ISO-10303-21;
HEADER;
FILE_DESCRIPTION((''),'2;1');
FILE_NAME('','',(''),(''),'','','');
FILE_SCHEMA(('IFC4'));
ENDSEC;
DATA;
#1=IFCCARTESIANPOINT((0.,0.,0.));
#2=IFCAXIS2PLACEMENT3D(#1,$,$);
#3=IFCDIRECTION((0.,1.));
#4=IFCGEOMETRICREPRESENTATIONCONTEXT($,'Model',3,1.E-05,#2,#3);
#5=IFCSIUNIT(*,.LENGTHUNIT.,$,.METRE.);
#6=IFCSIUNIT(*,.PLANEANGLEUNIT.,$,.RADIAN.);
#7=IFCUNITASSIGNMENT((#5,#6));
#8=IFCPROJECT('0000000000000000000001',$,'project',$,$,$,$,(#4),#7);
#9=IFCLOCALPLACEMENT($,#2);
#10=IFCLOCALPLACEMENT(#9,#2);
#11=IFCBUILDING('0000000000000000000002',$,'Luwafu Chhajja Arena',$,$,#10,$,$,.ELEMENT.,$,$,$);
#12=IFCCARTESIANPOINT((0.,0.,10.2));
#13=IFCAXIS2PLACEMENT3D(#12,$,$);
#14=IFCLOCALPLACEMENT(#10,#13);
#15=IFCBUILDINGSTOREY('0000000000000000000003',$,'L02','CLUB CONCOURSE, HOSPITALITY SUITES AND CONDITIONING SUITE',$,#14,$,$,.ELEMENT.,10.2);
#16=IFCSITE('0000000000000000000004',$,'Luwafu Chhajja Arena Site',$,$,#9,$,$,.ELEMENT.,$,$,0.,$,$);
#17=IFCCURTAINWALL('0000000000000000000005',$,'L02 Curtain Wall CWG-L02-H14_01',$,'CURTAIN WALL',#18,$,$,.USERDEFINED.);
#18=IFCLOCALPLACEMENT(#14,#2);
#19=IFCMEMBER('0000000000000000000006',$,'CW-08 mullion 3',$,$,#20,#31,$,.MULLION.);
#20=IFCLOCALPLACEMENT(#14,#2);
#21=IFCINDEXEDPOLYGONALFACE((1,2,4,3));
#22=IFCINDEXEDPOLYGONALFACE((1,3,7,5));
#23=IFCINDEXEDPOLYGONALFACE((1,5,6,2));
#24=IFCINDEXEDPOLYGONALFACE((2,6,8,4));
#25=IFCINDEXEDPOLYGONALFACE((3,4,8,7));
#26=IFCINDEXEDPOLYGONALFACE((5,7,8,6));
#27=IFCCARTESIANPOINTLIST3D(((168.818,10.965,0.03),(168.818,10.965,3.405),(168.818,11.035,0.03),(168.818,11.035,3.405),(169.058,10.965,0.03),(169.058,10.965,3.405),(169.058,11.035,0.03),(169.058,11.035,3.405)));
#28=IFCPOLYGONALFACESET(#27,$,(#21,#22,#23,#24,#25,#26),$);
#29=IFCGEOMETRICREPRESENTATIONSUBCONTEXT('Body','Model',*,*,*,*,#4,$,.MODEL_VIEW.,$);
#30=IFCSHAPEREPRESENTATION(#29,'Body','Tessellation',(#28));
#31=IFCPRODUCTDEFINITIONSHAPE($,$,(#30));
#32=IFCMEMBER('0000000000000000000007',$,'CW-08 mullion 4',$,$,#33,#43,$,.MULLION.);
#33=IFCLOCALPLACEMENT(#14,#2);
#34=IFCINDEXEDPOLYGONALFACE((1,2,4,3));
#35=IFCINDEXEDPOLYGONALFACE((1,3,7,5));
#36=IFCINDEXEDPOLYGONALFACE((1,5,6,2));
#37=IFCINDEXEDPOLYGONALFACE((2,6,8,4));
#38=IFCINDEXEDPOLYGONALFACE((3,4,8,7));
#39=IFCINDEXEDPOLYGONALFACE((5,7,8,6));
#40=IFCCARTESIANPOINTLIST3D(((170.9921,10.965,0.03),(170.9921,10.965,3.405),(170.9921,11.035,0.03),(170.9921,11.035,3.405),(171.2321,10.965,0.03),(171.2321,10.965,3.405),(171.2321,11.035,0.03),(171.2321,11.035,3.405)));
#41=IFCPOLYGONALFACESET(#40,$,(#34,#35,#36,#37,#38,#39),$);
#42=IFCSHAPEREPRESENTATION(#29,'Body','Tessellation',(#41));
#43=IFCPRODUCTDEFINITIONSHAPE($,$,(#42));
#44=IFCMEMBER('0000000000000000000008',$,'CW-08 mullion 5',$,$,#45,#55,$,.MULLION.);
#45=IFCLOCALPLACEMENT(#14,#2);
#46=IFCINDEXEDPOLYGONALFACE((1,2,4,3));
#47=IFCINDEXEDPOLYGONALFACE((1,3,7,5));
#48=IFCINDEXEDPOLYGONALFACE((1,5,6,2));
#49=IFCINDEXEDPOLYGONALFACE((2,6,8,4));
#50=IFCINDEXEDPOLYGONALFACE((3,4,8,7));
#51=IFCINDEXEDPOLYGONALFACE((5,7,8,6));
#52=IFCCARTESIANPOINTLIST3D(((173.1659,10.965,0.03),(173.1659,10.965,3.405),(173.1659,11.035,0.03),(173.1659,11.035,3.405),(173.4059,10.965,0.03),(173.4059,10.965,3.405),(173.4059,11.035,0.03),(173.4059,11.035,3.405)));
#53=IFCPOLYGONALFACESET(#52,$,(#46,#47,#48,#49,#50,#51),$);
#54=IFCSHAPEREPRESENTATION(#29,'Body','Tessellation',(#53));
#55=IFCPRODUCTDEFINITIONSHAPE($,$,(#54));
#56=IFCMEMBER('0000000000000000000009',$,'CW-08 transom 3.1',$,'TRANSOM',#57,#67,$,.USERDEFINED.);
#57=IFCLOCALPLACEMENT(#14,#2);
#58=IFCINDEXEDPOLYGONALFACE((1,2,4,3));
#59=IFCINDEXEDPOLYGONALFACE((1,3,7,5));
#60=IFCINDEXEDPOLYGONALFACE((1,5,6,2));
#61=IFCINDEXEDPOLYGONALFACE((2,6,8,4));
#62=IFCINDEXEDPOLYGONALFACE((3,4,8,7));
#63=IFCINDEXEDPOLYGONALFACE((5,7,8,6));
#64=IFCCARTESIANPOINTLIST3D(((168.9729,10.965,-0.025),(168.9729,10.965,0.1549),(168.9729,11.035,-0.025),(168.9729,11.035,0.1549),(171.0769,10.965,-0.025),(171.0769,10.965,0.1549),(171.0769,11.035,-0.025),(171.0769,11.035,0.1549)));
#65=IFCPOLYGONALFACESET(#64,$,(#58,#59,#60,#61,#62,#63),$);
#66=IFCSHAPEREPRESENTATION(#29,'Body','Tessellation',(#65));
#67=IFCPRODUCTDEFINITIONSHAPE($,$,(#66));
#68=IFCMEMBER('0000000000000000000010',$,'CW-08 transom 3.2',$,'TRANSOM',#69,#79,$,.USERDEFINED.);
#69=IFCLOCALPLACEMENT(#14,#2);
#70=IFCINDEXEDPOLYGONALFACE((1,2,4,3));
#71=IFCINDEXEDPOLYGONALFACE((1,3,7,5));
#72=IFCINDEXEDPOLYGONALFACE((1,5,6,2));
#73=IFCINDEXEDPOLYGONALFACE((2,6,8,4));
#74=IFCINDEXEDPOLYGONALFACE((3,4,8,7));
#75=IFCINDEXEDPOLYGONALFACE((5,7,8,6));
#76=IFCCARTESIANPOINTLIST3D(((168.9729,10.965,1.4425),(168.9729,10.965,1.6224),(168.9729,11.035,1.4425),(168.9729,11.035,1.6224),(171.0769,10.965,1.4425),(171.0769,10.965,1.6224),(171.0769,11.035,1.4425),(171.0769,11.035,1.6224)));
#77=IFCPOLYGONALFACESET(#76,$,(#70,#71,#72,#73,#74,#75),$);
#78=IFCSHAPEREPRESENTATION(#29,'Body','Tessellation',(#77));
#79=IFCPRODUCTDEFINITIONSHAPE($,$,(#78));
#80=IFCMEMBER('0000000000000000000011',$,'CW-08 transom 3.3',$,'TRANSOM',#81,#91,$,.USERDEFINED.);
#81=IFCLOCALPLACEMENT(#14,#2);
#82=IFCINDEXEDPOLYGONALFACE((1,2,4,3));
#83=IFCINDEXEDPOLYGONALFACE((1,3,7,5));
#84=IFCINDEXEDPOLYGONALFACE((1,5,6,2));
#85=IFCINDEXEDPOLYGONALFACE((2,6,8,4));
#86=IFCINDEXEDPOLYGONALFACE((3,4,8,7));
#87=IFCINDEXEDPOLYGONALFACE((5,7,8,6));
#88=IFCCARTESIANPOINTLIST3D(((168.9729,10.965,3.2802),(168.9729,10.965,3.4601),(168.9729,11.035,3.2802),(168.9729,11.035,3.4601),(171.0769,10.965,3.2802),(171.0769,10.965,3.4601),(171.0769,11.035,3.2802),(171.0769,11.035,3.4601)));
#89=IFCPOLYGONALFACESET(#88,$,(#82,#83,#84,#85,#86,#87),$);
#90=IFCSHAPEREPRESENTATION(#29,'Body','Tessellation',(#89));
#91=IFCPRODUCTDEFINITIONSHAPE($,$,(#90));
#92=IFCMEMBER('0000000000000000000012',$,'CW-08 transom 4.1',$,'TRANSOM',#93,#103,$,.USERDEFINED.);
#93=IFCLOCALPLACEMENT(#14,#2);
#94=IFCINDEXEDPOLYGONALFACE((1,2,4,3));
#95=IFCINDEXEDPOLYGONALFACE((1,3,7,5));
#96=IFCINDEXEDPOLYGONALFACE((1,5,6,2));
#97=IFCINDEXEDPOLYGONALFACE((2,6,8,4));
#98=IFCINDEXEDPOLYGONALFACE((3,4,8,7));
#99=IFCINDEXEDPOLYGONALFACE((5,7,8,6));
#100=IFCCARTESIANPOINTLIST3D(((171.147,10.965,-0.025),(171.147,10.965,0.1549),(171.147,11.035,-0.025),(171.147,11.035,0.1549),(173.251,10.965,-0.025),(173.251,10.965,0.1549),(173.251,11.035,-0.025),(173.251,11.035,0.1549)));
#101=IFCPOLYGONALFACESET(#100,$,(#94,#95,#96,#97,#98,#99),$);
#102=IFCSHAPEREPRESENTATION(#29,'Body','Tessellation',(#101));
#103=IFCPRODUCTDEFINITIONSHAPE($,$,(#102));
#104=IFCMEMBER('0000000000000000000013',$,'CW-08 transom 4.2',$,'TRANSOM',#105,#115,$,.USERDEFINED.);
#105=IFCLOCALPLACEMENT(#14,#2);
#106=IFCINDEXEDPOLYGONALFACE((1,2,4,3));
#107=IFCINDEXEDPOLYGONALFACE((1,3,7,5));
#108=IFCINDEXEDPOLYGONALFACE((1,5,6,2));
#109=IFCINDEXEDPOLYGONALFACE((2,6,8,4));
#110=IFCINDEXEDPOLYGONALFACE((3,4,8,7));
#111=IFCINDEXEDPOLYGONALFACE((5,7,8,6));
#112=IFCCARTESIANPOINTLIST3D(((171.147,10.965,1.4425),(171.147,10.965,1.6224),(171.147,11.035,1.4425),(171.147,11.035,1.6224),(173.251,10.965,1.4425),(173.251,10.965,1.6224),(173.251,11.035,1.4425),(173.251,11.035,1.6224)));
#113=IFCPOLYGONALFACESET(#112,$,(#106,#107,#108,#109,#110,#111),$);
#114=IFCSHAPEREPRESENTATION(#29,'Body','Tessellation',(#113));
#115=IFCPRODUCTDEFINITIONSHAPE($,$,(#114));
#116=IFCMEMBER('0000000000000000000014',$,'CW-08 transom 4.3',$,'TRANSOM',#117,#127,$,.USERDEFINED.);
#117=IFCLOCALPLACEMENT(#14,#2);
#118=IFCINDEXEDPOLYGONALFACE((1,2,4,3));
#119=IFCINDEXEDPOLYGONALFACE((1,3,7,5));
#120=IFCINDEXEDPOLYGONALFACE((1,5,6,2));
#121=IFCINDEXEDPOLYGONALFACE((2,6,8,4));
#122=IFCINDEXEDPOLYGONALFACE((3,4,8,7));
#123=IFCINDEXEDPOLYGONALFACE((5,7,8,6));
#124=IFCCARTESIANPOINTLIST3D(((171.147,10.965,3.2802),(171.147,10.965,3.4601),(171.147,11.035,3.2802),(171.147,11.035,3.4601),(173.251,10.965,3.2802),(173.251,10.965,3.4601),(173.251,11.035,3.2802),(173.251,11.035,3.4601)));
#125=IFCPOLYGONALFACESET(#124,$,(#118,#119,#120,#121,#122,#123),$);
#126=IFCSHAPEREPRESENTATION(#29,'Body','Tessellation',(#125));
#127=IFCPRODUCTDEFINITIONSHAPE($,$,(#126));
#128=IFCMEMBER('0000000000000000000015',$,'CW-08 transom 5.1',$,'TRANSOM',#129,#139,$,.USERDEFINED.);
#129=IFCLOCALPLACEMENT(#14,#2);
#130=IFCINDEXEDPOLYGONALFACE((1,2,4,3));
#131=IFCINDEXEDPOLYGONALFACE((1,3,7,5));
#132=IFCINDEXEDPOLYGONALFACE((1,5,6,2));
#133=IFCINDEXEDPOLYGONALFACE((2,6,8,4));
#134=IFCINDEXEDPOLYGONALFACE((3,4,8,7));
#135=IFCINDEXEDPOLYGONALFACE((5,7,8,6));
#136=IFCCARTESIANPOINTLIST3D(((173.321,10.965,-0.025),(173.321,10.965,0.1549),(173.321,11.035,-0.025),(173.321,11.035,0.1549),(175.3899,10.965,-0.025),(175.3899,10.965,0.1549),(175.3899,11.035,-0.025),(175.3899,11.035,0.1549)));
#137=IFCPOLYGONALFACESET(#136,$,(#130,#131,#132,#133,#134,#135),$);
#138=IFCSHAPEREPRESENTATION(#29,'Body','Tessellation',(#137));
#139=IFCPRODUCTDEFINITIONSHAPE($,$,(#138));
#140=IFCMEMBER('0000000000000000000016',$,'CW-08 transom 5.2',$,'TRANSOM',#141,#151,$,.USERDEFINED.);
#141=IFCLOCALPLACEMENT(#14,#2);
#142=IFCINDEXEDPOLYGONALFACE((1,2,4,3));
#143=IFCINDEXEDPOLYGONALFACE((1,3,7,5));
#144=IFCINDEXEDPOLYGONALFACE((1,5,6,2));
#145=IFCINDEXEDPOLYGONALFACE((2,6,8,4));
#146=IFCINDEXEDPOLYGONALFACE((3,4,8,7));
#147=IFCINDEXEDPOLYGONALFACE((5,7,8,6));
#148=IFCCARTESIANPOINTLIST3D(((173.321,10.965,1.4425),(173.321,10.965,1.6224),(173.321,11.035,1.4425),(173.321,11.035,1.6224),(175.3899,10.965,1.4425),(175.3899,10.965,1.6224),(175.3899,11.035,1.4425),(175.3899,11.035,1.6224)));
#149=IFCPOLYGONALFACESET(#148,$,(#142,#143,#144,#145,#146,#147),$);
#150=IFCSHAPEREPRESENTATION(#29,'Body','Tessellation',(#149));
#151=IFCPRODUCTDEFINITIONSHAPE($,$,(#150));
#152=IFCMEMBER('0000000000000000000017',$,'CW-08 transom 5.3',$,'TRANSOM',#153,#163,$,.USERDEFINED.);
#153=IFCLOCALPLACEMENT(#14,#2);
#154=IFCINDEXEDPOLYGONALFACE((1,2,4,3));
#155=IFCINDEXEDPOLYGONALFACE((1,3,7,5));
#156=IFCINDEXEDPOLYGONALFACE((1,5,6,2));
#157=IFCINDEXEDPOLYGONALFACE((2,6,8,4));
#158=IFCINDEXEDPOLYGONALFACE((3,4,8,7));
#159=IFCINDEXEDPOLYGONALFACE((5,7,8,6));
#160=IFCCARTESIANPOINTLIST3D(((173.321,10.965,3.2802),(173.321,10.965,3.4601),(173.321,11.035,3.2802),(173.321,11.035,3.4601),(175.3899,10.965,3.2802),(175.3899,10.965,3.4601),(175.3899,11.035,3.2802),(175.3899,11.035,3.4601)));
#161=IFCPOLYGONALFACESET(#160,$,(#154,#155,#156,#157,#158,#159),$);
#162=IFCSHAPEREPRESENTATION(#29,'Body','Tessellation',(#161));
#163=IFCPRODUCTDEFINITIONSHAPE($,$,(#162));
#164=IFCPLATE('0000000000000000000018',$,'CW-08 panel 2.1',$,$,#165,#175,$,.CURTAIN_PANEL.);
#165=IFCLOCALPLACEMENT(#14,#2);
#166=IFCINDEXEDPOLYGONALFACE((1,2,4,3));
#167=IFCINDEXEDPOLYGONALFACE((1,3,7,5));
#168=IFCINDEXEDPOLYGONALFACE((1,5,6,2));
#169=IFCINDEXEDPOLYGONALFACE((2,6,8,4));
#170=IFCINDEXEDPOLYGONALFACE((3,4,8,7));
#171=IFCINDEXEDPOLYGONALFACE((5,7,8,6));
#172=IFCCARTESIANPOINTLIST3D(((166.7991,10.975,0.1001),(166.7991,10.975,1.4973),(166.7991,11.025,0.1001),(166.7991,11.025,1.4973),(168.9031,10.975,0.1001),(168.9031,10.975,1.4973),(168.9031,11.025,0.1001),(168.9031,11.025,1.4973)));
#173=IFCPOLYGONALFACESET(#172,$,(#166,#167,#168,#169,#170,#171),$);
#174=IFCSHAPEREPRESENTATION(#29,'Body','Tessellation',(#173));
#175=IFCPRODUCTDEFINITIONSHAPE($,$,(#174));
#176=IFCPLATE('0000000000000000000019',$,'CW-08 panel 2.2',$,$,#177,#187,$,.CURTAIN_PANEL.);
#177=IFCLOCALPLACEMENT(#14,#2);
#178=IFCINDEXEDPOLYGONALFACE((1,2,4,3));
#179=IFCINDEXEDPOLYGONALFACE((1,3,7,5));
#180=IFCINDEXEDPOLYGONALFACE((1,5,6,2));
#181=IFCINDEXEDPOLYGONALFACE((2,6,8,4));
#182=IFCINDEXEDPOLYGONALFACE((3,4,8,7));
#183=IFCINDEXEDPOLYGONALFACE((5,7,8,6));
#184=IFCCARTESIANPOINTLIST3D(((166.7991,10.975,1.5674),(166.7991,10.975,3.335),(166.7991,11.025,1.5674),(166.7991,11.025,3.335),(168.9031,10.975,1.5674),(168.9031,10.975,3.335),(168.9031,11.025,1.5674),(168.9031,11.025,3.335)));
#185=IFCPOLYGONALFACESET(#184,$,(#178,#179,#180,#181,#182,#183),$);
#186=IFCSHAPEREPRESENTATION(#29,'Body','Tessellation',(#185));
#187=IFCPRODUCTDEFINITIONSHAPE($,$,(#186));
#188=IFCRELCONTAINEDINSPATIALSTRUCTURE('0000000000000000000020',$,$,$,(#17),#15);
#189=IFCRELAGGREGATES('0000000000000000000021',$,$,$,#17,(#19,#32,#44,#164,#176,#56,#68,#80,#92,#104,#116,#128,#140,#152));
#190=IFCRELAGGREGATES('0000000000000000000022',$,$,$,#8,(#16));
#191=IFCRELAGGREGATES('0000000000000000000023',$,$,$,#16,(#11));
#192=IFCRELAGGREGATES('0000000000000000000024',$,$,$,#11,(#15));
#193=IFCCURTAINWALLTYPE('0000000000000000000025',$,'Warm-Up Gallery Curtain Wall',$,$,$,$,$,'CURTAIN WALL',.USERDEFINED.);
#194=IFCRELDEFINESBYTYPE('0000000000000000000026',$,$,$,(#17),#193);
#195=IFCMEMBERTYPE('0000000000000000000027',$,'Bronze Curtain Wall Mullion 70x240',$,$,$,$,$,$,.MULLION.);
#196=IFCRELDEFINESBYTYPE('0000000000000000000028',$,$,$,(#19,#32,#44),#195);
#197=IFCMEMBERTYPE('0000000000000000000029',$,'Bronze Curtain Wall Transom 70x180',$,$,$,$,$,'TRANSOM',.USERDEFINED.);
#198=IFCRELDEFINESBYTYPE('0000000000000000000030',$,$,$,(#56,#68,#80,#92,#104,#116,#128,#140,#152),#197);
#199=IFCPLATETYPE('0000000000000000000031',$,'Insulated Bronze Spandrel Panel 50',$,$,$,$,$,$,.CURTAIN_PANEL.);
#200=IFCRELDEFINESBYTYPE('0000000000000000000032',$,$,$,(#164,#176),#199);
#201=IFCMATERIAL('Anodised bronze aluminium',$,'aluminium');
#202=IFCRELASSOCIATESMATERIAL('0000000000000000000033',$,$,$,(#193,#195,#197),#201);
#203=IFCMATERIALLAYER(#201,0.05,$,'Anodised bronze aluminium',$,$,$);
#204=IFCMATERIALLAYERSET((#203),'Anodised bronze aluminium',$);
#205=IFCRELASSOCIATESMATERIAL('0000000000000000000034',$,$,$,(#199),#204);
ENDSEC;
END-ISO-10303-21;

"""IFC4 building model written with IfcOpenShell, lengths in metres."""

from ifc_helpers import new_model, si_unit, direction, frame, origin, origin_2d, place, context, subcontext, project, spatial, rectangle, extrude, material, layer, layer_set, material_profile, profile_set, type_object, element, aggregate, save


model = new_model("IFC4")

# Units and contexts
model_context = context("Model", 3, precision=1e-05, world=origin(), true_north=direction((0.0, 1.0)))
body_context = subcontext(model_context, "Body", "Model", "MODEL_VIEW")
ifc_project = project(units=[si_unit("LENGTHUNIT", "METRE"), si_unit("PLANEANGLEUNIT", "RADIAN")], contexts=[model_context])

# Site, building, storey
site_placement = place(None, origin())
site = spatial("IfcSite", under=ifc_project, at=site_placement, Name="Luwafu Chhajja Arena Site", CompositionType="ELEMENT", RefElevation=0.0)
building_placement = place(site_placement, origin())
building = spatial("IfcBuilding", under=site, at=building_placement, Name="Luwafu Chhajja Arena", CompositionType="ELEMENT")
storey_placement = place(building_placement, frame((0.0, 0.0, 10.2)))
storey = spatial("IfcBuildingStorey", under=building, at=storey_placement, Name="L02", Description="CLUB CONCOURSE, HOSPITALITY SUITES AND CONDITIONING SUITE", CompositionType="ELEMENT", Elevation=10.2)

# Curtain wall, members, plates
ifc_material_1 = material(Name="Anodised bronze aluminium", Category="aluminium")
curtain_wall_type = type_object("IfcCurtainWallType", Name="Warm-Up Gallery Curtain Wall", ElementType="CURTAIN WALL", PredefinedType="USERDEFINED", material=ifc_material_1)
curtain_wall_placement = place(storey_placement, origin())
curtain_wall = element("IfcCurtainWall", 1, at=curtain_wall_placement, inside=storey, type_object=curtain_wall_type, Name="L02 Curtain Wall CWG-L02-H14_01", ObjectType="CURTAIN WALL", PredefinedType="USERDEFINED")
ifc_material_profile_1 = material_profile(ifc_material_1, rectangle(XDim=0.0701, YDim=0.24, at=origin_2d()), Name="CWM 70x240")
ifc_profile_set_1 = profile_set([ifc_material_profile_1], Name="Anodised bronze aluminium")
member_type_1 = type_object("IfcMemberType", Name="Bronze Curtain Wall Mullion 70x240", PredefinedType="MULLION", material=ifc_profile_set_1)
member_1_placement = place(storey_placement, frame((168.938, 11.0, 0.03), z_axis=(0.0, 0.0, 1.0), x_axis=(0.0, 1.0, 0.0)))
member_1 = element("IfcMember", 2, at=member_1_placement, type_object=member_type_1, Name="CW-08 mullion 3", PredefinedType="MULLION", context=body_context, shape_type="SweptSolid", body=[
    extrude(rectangle(XDim=0.0701, YDim=0.24, at=origin_2d()), origin(), (0.0, 0.0, 1.0), 3.375),
])
member_2_placement = place(storey_placement, frame((171.1121, 11.0, 0.03), z_axis=(0.0, 0.0, 1.0), x_axis=(0.0, 1.0, 0.0)))
member_2 = element("IfcMember", 3, at=member_2_placement, type_object=member_type_1, Name="CW-08 mullion 4", PredefinedType="MULLION", context=body_context, shape_type="SweptSolid", body=[
    extrude(rectangle(XDim=0.0701, YDim=0.24, at=origin_2d()), origin(), (0.0, 0.0, 1.0), 3.375),
])
member_3_placement = place(storey_placement, frame((173.2859, 11.0, 0.03), z_axis=(0.0, 0.0, 1.0), x_axis=(0.0, 1.0, 0.0)))
member_3 = element("IfcMember", 4, at=member_3_placement, type_object=member_type_1, Name="CW-08 mullion 5", PredefinedType="MULLION", context=body_context, shape_type="SweptSolid", body=[
    extrude(rectangle(XDim=0.0701, YDim=0.24, at=origin_2d()), origin(), (0.0, 0.0, 1.0), 3.375),
])
ifc_material_profile_2 = material_profile(ifc_material_1, rectangle(XDim=0.0701, YDim=0.1799, at=origin_2d()), Name="CWT 70x180")
ifc_profile_set_2 = profile_set([ifc_material_profile_2], Name="Anodised bronze aluminium")
member_type_2 = type_object("IfcMemberType", Name="Bronze Curtain Wall Transom 70x180", ElementType="TRANSOM", PredefinedType="USERDEFINED", material=ifc_profile_set_2)
member_4_placement = place(storey_placement, frame((168.9729, 11.0, 0.0649), z_axis=(1.0, 0.0, 0.0), x_axis=(0.0, 1.0, 0.0)))
member_4 = element("IfcMember", 5, at=member_4_placement, type_object=member_type_2, Name="CW-08 transom 3.1", ObjectType="TRANSOM", PredefinedType="USERDEFINED", context=body_context, shape_type="SweptSolid", body=[
    extrude(rectangle(XDim=0.0701, YDim=0.1799, at=origin_2d()), origin(), (0.0, 0.0, 1.0), 2.104),
])
member_5_placement = place(storey_placement, frame((168.9729, 11.0, 1.5325), z_axis=(1.0, 0.0, 0.0), x_axis=(0.0, 1.0, 0.0)))
member_5 = element("IfcMember", 6, at=member_5_placement, type_object=member_type_2, Name="CW-08 transom 3.2", ObjectType="TRANSOM", PredefinedType="USERDEFINED", context=body_context, shape_type="SweptSolid", body=[
    extrude(rectangle(XDim=0.0701, YDim=0.1799, at=origin_2d()), origin(), (0.0, 0.0, 1.0), 2.104),
])
member_6_placement = place(storey_placement, frame((168.9729, 11.0, 3.3701), z_axis=(1.0, 0.0, 0.0), x_axis=(0.0, 1.0, 0.0)))
member_6 = element("IfcMember", 7, at=member_6_placement, type_object=member_type_2, Name="CW-08 transom 3.3", ObjectType="TRANSOM", PredefinedType="USERDEFINED", context=body_context, shape_type="SweptSolid", body=[
    extrude(rectangle(XDim=0.0701, YDim=0.1799, at=origin_2d()), origin(), (0.0, 0.0, 1.0), 2.104),
])
member_7_placement = place(storey_placement, frame((171.147, 11.0, 0.0649), z_axis=(1.0, 0.0, 0.0), x_axis=(0.0, 1.0, 0.0)))
member_7 = element("IfcMember", 8, at=member_7_placement, type_object=member_type_2, Name="CW-08 transom 4.1", ObjectType="TRANSOM", PredefinedType="USERDEFINED", context=body_context, shape_type="SweptSolid", body=[
    extrude(rectangle(XDim=0.0701, YDim=0.1799, at=origin_2d()), origin(), (0.0, 0.0, 1.0), 2.104),
])
member_8_placement = place(storey_placement, frame((171.147, 11.0, 1.5325), z_axis=(1.0, 0.0, 0.0), x_axis=(0.0, 1.0, 0.0)))
member_8 = element("IfcMember", 9, at=member_8_placement, type_object=member_type_2, Name="CW-08 transom 4.2", ObjectType="TRANSOM", PredefinedType="USERDEFINED", context=body_context, shape_type="SweptSolid", body=[
    extrude(rectangle(XDim=0.0701, YDim=0.1799, at=origin_2d()), origin(), (0.0, 0.0, 1.0), 2.104),
])
member_9_placement = place(storey_placement, frame((171.147, 11.0, 3.3701), z_axis=(1.0, 0.0, 0.0), x_axis=(0.0, 1.0, 0.0)))
member_9 = element("IfcMember", 10, at=member_9_placement, type_object=member_type_2, Name="CW-08 transom 4.3", ObjectType="TRANSOM", PredefinedType="USERDEFINED", context=body_context, shape_type="SweptSolid", body=[
    extrude(rectangle(XDim=0.0701, YDim=0.1799, at=origin_2d()), origin(), (0.0, 0.0, 1.0), 2.104),
])
member_10_placement = place(storey_placement, frame((173.321, 11.0, 0.0649), z_axis=(1.0, 0.0, 0.0), x_axis=(0.0, 1.0, 0.0)))
member_10 = element("IfcMember", 11, at=member_10_placement, type_object=member_type_2, Name="CW-08 transom 5.1", ObjectType="TRANSOM", PredefinedType="USERDEFINED", context=body_context, shape_type="SweptSolid", body=[
    extrude(rectangle(XDim=0.0701, YDim=0.1799, at=origin_2d()), origin(), (0.0, 0.0, 1.0), 2.0688),
])
member_11_placement = place(storey_placement, frame((173.321, 11.0, 1.5325), z_axis=(1.0, 0.0, 0.0), x_axis=(0.0, 1.0, 0.0)))
member_11 = element("IfcMember", 12, at=member_11_placement, type_object=member_type_2, Name="CW-08 transom 5.2", ObjectType="TRANSOM", PredefinedType="USERDEFINED", context=body_context, shape_type="SweptSolid", body=[
    extrude(rectangle(XDim=0.0701, YDim=0.1799, at=origin_2d()), origin(), (0.0, 0.0, 1.0), 2.0688),
])
member_12_placement = place(storey_placement, frame((173.321, 11.0, 3.3701), z_axis=(1.0, 0.0, 0.0), x_axis=(0.0, 1.0, 0.0)))
member_12 = element("IfcMember", 13, at=member_12_placement, type_object=member_type_2, Name="CW-08 transom 5.3", ObjectType="TRANSOM", PredefinedType="USERDEFINED", context=body_context, shape_type="SweptSolid", body=[
    extrude(rectangle(XDim=0.0701, YDim=0.1799, at=origin_2d()), origin(), (0.0, 0.0, 1.0), 2.0688),
])
ifc_layer_1 = layer(ifc_material_1, 0.05, Name="Anodised bronze aluminium")
ifc_layer_set_1 = layer_set([ifc_layer_1], Name="Anodised bronze aluminium")
plate_type = type_object("IfcPlateType", Name="Insulated Bronze Spandrel Panel 50", PredefinedType="CURTAIN_PANEL", material=ifc_layer_set_1)
plate_1_placement = place(storey_placement, frame((167.8511, 11.0, 0.1001), z_axis=(0.0, 0.0, 1.0), x_axis=(1.0, 0.0, 0.0)))
plate_1 = element("IfcPlate", 14, at=plate_1_placement, type_object=plate_type, Name="CW-08 panel 2.1", PredefinedType="CURTAIN_PANEL", context=body_context, shape_type="SweptSolid", body=[
    extrude(rectangle(XDim=2.104, YDim=0.05, at=origin_2d()), origin(), (0.0, 0.0, 1.0), 1.3972),
])
plate_2_placement = place(storey_placement, frame((167.8511, 11.0, 1.5674), z_axis=(0.0, 0.0, 1.0), x_axis=(1.0, 0.0, 0.0)))
plate_2 = element("IfcPlate", 15, at=plate_2_placement, type_object=plate_type, Name="CW-08 panel 2.2", PredefinedType="CURTAIN_PANEL", context=body_context, shape_type="SweptSolid", body=[
    extrude(rectangle(XDim=2.104, YDim=0.05, at=origin_2d()), origin(), (0.0, 0.0, 1.0), 1.7676),
])
aggregate(curtain_wall, [member_1, member_2, member_3, plate_1, plate_2, member_4, member_5, member_6, member_7, member_8, member_9, member_10, member_11, member_12])

save(model, "model.ifc")
